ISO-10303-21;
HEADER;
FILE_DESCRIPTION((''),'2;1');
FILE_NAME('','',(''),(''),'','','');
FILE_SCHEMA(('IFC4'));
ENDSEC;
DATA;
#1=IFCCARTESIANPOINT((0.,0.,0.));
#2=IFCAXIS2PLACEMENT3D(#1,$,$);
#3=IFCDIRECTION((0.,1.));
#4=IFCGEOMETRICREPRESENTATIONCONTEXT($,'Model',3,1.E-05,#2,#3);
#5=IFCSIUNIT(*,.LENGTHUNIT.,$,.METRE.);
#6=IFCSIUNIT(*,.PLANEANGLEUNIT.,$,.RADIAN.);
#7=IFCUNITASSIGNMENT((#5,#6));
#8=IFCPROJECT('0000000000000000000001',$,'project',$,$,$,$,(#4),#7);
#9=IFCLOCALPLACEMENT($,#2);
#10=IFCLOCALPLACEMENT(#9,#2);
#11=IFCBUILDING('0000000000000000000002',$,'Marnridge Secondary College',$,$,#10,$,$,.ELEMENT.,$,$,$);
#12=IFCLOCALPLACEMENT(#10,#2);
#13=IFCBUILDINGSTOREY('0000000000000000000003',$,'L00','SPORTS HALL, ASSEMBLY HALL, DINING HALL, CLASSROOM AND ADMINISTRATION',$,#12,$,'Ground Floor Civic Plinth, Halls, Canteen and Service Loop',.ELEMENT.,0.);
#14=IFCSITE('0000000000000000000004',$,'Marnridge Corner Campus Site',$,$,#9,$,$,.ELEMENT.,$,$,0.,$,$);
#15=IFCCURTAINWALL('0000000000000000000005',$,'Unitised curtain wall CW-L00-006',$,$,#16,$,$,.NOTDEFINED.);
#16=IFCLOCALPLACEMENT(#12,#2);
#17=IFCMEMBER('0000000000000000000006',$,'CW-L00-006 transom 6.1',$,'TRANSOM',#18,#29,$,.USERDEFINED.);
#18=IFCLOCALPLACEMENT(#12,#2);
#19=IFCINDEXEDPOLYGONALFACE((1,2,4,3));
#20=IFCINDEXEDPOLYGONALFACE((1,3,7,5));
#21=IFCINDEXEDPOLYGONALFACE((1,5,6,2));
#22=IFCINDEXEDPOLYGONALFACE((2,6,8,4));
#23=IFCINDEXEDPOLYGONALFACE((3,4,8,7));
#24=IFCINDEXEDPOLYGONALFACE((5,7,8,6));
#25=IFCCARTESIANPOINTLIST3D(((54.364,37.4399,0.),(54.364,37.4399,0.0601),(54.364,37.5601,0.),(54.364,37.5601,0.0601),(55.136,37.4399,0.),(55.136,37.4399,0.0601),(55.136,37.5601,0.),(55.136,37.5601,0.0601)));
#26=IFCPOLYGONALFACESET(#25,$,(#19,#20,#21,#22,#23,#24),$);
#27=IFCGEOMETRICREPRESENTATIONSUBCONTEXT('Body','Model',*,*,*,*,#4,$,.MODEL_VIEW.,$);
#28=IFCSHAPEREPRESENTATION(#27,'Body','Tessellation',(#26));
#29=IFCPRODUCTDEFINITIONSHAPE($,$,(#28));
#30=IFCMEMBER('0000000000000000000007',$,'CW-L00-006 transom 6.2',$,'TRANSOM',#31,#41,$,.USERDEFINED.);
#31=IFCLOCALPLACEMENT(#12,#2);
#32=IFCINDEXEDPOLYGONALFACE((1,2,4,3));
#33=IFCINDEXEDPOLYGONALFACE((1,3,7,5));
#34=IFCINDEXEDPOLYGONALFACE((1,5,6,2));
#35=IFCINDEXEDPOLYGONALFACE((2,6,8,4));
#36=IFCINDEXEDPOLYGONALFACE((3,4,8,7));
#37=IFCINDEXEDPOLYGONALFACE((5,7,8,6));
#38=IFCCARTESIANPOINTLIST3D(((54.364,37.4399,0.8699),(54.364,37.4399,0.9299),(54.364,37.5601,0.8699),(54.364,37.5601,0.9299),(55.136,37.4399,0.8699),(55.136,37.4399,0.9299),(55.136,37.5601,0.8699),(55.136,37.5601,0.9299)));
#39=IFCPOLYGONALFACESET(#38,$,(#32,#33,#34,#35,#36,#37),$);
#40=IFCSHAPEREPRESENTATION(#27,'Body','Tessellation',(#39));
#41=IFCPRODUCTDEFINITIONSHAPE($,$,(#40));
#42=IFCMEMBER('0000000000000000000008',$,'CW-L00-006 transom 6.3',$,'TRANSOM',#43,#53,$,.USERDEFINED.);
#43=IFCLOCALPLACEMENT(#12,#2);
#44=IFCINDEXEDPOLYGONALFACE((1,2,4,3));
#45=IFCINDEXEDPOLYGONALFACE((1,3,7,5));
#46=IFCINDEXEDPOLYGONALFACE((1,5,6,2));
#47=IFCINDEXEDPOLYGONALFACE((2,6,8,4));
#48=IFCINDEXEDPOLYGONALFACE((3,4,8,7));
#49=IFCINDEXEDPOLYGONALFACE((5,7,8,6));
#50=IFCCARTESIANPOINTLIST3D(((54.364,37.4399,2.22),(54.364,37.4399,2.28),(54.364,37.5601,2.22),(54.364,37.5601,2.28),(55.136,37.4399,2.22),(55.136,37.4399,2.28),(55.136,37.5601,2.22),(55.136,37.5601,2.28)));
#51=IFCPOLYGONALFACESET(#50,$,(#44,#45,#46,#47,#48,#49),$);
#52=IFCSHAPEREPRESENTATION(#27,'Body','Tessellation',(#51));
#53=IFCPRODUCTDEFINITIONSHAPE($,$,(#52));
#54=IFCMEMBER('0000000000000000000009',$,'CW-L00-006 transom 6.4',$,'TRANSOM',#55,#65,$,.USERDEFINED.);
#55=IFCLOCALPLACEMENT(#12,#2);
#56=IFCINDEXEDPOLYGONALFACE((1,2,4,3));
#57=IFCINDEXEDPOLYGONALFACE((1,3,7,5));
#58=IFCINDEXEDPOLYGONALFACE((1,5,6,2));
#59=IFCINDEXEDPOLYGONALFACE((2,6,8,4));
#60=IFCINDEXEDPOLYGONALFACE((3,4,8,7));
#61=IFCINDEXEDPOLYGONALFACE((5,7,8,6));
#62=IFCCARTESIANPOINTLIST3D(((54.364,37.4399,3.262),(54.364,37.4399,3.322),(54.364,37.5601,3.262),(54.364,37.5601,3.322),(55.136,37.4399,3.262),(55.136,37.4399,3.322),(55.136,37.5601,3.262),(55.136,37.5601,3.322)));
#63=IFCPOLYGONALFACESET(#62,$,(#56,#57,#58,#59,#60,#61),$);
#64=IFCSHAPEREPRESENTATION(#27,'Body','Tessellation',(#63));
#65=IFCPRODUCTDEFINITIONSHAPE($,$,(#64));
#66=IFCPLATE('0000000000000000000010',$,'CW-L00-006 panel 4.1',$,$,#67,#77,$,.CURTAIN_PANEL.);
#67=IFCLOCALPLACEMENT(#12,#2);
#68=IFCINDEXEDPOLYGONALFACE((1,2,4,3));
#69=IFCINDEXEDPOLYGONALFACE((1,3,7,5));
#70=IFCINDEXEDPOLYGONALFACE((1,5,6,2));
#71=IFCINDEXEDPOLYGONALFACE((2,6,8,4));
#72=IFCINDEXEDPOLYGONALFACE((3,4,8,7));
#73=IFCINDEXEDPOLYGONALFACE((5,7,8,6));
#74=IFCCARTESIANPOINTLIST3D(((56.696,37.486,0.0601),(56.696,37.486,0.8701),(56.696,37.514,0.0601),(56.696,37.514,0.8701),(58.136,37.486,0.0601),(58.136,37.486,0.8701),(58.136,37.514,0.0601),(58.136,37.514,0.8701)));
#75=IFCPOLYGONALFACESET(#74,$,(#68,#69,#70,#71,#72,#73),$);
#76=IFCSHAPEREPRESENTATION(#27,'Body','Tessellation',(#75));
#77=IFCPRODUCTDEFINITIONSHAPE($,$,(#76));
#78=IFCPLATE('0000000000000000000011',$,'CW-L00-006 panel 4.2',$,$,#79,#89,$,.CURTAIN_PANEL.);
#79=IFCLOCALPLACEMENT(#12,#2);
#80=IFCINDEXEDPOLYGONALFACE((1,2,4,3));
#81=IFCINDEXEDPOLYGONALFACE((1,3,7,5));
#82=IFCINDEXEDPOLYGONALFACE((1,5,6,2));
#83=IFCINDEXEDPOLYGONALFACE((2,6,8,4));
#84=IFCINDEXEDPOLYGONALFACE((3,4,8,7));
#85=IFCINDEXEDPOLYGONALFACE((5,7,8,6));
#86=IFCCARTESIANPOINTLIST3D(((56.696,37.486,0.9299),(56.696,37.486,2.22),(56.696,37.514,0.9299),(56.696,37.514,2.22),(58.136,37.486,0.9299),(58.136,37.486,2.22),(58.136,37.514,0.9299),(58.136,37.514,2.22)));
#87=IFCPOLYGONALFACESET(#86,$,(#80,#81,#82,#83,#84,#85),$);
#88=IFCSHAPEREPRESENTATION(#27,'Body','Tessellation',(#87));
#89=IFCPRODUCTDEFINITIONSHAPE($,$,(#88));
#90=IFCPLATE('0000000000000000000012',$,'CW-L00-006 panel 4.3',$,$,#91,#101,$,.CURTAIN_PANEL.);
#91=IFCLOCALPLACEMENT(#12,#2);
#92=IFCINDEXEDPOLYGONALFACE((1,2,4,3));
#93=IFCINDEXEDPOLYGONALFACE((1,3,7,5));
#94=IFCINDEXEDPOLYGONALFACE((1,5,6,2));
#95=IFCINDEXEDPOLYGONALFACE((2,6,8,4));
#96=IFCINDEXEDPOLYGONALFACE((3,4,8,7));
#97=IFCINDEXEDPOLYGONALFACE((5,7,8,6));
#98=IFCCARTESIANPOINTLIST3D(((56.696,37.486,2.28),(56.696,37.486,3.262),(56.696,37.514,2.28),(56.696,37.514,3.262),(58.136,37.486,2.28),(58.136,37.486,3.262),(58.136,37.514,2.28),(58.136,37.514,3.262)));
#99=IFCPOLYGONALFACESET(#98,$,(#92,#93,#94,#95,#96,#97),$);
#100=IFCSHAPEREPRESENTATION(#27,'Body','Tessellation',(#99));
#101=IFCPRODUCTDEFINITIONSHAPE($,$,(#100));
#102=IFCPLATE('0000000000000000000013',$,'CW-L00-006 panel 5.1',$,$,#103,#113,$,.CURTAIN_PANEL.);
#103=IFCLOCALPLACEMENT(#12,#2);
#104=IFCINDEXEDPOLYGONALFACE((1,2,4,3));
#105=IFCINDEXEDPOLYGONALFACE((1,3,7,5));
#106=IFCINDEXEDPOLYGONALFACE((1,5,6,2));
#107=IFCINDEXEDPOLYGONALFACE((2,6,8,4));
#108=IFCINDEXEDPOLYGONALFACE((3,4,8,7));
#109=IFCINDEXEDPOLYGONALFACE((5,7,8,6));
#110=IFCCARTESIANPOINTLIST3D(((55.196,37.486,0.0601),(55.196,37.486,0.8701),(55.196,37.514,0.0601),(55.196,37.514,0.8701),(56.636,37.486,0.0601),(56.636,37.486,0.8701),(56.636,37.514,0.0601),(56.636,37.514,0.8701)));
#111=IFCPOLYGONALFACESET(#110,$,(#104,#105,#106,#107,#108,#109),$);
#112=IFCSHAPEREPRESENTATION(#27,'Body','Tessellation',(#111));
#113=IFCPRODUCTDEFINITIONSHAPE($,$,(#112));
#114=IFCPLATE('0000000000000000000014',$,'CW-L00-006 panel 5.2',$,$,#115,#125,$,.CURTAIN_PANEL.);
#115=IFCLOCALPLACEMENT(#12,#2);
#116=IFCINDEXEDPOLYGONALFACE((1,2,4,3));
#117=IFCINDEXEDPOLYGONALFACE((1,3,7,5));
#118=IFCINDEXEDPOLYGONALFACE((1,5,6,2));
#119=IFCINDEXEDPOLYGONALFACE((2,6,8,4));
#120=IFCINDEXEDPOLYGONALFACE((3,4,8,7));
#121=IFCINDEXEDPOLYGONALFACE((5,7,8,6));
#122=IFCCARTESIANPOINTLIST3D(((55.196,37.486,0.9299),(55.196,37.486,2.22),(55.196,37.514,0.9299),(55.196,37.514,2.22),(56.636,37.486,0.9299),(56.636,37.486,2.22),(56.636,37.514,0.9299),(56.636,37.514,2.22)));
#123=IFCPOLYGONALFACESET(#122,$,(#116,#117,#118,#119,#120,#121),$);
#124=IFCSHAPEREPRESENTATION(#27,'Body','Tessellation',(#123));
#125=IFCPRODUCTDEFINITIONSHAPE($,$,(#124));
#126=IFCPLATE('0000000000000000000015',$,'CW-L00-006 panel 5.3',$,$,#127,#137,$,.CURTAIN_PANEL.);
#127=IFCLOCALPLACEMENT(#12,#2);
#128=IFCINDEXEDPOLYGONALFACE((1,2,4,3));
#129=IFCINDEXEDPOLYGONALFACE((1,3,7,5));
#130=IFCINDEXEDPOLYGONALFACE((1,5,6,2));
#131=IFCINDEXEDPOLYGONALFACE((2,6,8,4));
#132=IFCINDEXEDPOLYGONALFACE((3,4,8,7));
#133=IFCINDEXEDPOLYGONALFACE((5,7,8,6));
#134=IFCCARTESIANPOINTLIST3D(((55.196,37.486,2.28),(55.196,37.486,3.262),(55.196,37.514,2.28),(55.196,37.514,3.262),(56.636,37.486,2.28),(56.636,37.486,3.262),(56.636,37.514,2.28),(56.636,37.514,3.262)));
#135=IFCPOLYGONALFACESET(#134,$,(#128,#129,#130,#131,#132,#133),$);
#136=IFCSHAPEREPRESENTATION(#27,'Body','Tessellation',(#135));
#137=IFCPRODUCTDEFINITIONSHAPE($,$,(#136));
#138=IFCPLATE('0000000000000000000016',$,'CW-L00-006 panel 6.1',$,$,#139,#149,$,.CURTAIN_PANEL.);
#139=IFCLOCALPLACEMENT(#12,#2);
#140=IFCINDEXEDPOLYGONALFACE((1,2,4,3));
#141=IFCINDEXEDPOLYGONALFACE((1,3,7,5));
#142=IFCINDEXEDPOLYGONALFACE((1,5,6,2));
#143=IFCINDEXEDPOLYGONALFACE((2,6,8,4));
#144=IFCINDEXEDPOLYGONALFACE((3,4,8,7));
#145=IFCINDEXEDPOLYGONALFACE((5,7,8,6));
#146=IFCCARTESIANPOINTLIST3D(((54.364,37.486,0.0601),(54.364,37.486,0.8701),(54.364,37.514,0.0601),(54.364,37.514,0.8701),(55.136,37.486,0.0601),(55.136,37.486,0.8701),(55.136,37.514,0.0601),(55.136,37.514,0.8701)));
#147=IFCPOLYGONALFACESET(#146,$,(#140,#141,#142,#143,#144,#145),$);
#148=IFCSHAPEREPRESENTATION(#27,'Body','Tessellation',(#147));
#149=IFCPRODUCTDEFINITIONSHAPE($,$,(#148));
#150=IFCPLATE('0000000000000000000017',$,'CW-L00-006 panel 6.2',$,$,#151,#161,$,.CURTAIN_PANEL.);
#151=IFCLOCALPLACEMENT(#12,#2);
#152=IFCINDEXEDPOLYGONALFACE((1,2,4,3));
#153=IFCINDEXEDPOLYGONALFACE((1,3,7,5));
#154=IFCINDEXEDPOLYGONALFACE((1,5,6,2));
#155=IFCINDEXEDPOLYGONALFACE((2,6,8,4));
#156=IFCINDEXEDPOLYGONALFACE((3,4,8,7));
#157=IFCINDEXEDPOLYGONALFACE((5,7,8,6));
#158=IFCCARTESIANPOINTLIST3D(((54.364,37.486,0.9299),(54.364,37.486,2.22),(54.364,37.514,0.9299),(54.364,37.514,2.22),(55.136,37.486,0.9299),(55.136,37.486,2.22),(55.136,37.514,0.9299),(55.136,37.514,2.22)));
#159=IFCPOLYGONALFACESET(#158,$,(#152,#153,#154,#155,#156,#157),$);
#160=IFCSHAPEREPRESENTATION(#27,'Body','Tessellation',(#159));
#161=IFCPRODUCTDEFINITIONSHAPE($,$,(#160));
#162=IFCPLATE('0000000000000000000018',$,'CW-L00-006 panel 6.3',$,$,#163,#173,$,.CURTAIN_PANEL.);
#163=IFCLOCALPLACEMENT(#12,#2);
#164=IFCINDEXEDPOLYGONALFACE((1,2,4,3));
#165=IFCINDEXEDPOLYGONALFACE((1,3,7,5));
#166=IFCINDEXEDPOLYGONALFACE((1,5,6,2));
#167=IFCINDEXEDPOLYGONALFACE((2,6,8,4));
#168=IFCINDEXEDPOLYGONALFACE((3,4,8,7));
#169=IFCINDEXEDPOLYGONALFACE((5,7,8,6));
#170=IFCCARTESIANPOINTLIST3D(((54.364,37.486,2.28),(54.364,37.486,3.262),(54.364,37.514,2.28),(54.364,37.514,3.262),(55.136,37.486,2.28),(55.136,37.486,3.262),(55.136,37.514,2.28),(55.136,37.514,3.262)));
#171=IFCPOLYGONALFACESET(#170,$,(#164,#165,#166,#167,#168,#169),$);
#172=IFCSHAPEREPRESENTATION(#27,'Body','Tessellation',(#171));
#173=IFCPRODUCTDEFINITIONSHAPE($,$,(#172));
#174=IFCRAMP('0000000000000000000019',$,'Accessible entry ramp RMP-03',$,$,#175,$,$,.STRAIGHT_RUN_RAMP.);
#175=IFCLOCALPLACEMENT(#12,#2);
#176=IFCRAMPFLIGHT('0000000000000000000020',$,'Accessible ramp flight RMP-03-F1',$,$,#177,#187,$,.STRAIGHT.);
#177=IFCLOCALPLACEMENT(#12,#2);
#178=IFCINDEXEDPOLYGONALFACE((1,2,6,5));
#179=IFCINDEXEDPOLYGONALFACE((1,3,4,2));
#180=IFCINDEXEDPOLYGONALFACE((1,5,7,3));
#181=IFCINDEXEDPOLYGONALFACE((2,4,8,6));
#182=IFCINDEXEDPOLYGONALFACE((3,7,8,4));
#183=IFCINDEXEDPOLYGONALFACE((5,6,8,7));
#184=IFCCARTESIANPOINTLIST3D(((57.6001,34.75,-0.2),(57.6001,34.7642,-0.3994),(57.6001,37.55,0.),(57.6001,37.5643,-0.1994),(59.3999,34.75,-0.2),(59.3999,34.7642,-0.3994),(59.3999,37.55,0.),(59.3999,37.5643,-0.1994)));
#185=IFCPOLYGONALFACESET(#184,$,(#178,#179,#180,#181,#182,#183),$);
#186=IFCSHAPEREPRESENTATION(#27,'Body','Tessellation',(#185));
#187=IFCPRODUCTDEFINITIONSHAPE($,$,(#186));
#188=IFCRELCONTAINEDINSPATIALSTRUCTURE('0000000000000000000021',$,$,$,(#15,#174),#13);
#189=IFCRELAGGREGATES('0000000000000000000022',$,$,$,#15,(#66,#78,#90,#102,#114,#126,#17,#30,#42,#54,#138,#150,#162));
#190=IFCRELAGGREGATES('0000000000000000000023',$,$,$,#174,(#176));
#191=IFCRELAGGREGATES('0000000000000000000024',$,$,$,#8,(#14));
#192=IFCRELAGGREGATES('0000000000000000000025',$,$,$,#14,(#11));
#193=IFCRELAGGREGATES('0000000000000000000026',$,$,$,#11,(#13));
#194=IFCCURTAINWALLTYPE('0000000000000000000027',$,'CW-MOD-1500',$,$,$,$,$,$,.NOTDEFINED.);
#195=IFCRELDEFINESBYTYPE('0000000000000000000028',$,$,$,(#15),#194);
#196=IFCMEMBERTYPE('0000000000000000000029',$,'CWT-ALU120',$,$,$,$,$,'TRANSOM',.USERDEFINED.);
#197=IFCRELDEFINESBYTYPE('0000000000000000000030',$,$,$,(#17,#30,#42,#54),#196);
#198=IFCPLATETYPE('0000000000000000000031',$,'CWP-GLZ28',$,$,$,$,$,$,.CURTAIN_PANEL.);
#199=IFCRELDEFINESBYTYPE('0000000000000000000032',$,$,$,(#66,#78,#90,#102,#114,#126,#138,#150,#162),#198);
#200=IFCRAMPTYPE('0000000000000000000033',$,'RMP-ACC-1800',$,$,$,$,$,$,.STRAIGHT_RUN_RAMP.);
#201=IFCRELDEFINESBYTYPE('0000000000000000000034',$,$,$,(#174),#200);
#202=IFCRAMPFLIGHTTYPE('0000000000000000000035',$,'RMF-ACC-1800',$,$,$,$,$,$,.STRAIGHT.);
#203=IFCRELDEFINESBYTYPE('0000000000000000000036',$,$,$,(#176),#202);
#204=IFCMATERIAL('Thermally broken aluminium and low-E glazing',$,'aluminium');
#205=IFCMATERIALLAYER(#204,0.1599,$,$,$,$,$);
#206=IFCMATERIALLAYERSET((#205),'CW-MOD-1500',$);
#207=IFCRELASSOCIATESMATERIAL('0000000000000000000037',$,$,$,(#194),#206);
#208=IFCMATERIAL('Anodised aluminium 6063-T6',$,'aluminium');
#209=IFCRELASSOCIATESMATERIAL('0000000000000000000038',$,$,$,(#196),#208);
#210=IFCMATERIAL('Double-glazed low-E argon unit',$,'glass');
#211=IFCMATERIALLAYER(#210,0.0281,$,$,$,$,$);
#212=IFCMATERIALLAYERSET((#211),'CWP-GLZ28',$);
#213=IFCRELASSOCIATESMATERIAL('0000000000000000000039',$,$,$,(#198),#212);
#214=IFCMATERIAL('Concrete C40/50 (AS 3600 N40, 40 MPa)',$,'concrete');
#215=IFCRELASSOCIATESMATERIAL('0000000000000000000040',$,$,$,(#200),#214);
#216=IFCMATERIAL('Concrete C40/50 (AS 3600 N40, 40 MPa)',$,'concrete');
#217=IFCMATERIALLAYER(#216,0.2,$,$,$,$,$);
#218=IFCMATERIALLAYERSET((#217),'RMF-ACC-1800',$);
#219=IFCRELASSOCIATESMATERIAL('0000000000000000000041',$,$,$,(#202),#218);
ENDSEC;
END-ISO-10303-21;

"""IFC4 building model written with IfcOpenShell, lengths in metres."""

from ifc_helpers import new_model, si_unit, direction, frame, origin, origin_2d, place, context, subcontext, project, spatial, polyline, rectangle, outline, extrude, material, layer, layer_set, material_profile, profile_set, type_object, element, aggregate, save


model = new_model("IFC4")

# Units and contexts
model_context = context("Model", 3, precision=1e-05, world=origin(), true_north=direction((0.0, 1.0)))
body_context = subcontext(model_context, "Body", "Model", "MODEL_VIEW")
ifc_project = project(units=[si_unit("LENGTHUNIT", "METRE"), si_unit("PLANEANGLEUNIT", "RADIAN")], contexts=[model_context])

# Site, building, storey
site_placement = place(None, origin())
site = spatial("IfcSite", under=ifc_project, at=site_placement, Name="Marnridge Corner Campus Site", CompositionType="ELEMENT", RefElevation=0.0)
building_placement = place(site_placement, origin())
building = spatial("IfcBuilding", under=site, at=building_placement, Name="Marnridge Secondary College", CompositionType="ELEMENT")
storey_placement = place(building_placement, origin())
storey = spatial("IfcBuildingStorey", under=building, at=storey_placement, Name="L00", Description="SPORTS HALL, ASSEMBLY HALL, DINING HALL, CLASSROOM AND ADMINISTRATION", LongName="Ground Floor Civic Plinth, Halls, Canteen and Service Loop", CompositionType="ELEMENT", Elevation=0.0)

# Curtain wall, members, plates
ifc_material_1 = material(Name="Thermally broken aluminium and low-E glazing", Category="aluminium")
ifc_layer_1 = layer(ifc_material_1, 0.1599)
ifc_layer_set_1 = layer_set([ifc_layer_1], Name="CW-MOD-1500")
curtain_wall_type = type_object("IfcCurtainWallType", Name="CW-MOD-1500", PredefinedType="NOTDEFINED", material=ifc_layer_set_1)
curtain_wall_placement = place(storey_placement, origin())
curtain_wall = element("IfcCurtainWall", 1, at=curtain_wall_placement, inside=storey, type_object=curtain_wall_type, Name="Unitised curtain wall CW-L00-006", PredefinedType="NOTDEFINED")
ifc_material_2 = material(Name="Anodised aluminium 6063-T6", Category="aluminium")
ifc_material_profile_1 = material_profile(ifc_material_2, rectangle(XDim=0.0601, YDim=0.1201, at=origin_2d()), Name="ALU 60x120")
ifc_profile_set_1 = profile_set([ifc_material_profile_1], Name="Anodised aluminium 6063-T6")
member_type_1 = type_object("IfcMemberType", Name="CWT-ALU120", ElementType="TRANSOM", PredefinedType="USERDEFINED", material=ifc_profile_set_1)
member_1_placement = place(storey_placement, frame((55.136, 37.5, 0.03), z_axis=(-1.0, 0.0, 0.0), x_axis=(0.0, 0.0, 1.0)))
member_1 = element("IfcMember", 2, at=member_1_placement, type_object=member_type_1, Name="CW-L00-006 transom 6.1", ObjectType="TRANSOM", PredefinedType="USERDEFINED", context=body_context, shape_type="SweptSolid", body=[
    extrude(rectangle(XDim=0.0601, YDim=0.1201, at=origin_2d()), origin(), (0.0, 0.0, 1.0), 0.772),
])
member_2_placement = place(storey_placement, frame((55.136, 37.5, 0.8999), z_axis=(-1.0, 0.0, 0.0), x_axis=(0.0, 0.0, 1.0)))
member_2 = element("IfcMember", 3, at=member_2_placement, type_object=member_type_1, Name="CW-L00-006 transom 6.2", ObjectType="TRANSOM", PredefinedType="USERDEFINED", context=body_context, shape_type="SweptSolid", body=[
    extrude(rectangle(XDim=0.0601, YDim=0.1201, at=origin_2d()), origin(), (0.0, 0.0, 1.0), 0.772),
])
member_3_placement = place(storey_placement, frame((55.136, 37.5, 2.25), z_axis=(-1.0, 0.0, 0.0), x_axis=(0.0, 0.0, 1.0)))
member_3 = element("IfcMember", 4, at=member_3_placement, type_object=member_type_1, Name="CW-L00-006 transom 6.3", ObjectType="TRANSOM", PredefinedType="USERDEFINED", context=body_context, shape_type="SweptSolid", body=[
    extrude(rectangle(XDim=0.0601, YDim=0.1201, at=origin_2d()), origin(), (0.0, 0.0, 1.0), 0.772),
])
member_4_placement = place(storey_placement, frame((55.136, 37.5, 3.292), z_axis=(-1.0, 0.0, 0.0), x_axis=(0.0, 0.0, 1.0)))
member_4 = element("IfcMember", 5, at=member_4_placement, type_object=member_type_1, Name="CW-L00-006 transom 6.4", ObjectType="TRANSOM", PredefinedType="USERDEFINED", context=body_context, shape_type="SweptSolid", body=[
    extrude(rectangle(XDim=0.0601, YDim=0.1201, at=origin_2d()), origin(), (0.0, 0.0, 1.0), 0.772),
])
ifc_material_3 = material(Name="Double-glazed low-E argon unit", Category="glass")
ifc_layer_2 = layer(ifc_material_3, 0.0281)
ifc_layer_set_2 = layer_set([ifc_layer_2], Name="CWP-GLZ28")
plate_type = type_object("IfcPlateType", Name="CWP-GLZ28", PredefinedType="CURTAIN_PANEL", material=ifc_layer_set_2)
plate_1_placement = place(storey_placement, frame((57.416, 37.5, 0.0601), z_axis=(0.0, 0.0, 1.0), x_axis=(-1.0, 0.0, 0.0)))
plate_1 = element("IfcPlate", 6, at=plate_1_placement, type_object=plate_type, Name="CW-L00-006 panel 4.1", PredefinedType="CURTAIN_PANEL", context=body_context, shape_type="SweptSolid", body=[
    extrude(rectangle(XDim=1.4399, YDim=0.0281, at=origin_2d()), origin(), (0.0, 0.0, 1.0), 0.8101),
])
plate_2_placement = place(storey_placement, frame((57.416, 37.5, 0.9299), z_axis=(0.0, 0.0, 1.0), x_axis=(-1.0, 0.0, 0.0)))
plate_2 = element("IfcPlate", 7, at=plate_2_placement, type_object=plate_type, Name="CW-L00-006 panel 4.2", PredefinedType="CURTAIN_PANEL", context=body_context, shape_type="SweptSolid", body=[
    extrude(rectangle(XDim=1.4399, YDim=0.0281, at=origin_2d()), origin(), (0.0, 0.0, 1.0), 1.29),
])
plate_3_placement = place(storey_placement, frame((57.416, 37.5, 2.28), z_axis=(0.0, 0.0, 1.0), x_axis=(-1.0, 0.0, 0.0)))
plate_3 = element("IfcPlate", 8, at=plate_3_placement, type_object=plate_type, Name="CW-L00-006 panel 4.3", PredefinedType="CURTAIN_PANEL", context=body_context, shape_type="SweptSolid", body=[
    extrude(rectangle(XDim=1.4399, YDim=0.0281, at=origin_2d()), origin(), (0.0, 0.0, 1.0), 0.9819),
])
plate_4_placement = place(storey_placement, frame((55.916, 37.5, 0.0601), z_axis=(0.0, 0.0, 1.0), x_axis=(-1.0, 0.0, 0.0)))
plate_4 = element("IfcPlate", 9, at=plate_4_placement, type_object=plate_type, Name="CW-L00-006 panel 5.1", PredefinedType="CURTAIN_PANEL", context=body_context, shape_type="SweptSolid", body=[
    extrude(rectangle(XDim=1.4399, YDim=0.0281, at=origin_2d()), origin(), (0.0, 0.0, 1.0), 0.8101),
])
plate_5_placement = place(storey_placement, frame((55.916, 37.5, 0.9299), z_axis=(0.0, 0.0, 1.0), x_axis=(-1.0, 0.0, 0.0)))
plate_5 = element("IfcPlate", 10, at=plate_5_placement, type_object=plate_type, Name="CW-L00-006 panel 5.2", PredefinedType="CURTAIN_PANEL", context=body_context, shape_type="SweptSolid", body=[
    extrude(rectangle(XDim=1.4399, YDim=0.0281, at=origin_2d()), origin(), (0.0, 0.0, 1.0), 1.29),
])
plate_6_placement = place(storey_placement, frame((55.916, 37.5, 2.28), z_axis=(0.0, 0.0, 1.0), x_axis=(-1.0, 0.0, 0.0)))
plate_6 = element("IfcPlate", 11, at=plate_6_placement, type_object=plate_type, Name="CW-L00-006 panel 5.3", PredefinedType="CURTAIN_PANEL", context=body_context, shape_type="SweptSolid", body=[
    extrude(rectangle(XDim=1.4399, YDim=0.0281, at=origin_2d()), origin(), (0.0, 0.0, 1.0), 0.9819),
])
plate_7_placement = place(storey_placement, frame((54.75, 37.5, 0.0601), z_axis=(0.0, 0.0, 1.0), x_axis=(-1.0, 0.0, 0.0)))
plate_7 = element("IfcPlate", 12, at=plate_7_placement, type_object=plate_type, Name="CW-L00-006 panel 6.1", PredefinedType="CURTAIN_PANEL", context=body_context, shape_type="SweptSolid", body=[
    extrude(rectangle(XDim=0.772, YDim=0.0281, at=origin_2d()), origin(), (0.0, 0.0, 1.0), 0.8101),
])
plate_8_placement = place(storey_placement, frame((54.75, 37.5, 0.9299), z_axis=(0.0, 0.0, 1.0), x_axis=(-1.0, 0.0, 0.0)))
plate_8 = element("IfcPlate", 13, at=plate_8_placement, type_object=plate_type, Name="CW-L00-006 panel 6.2", PredefinedType="CURTAIN_PANEL", context=body_context, shape_type="SweptSolid", body=[
    extrude(rectangle(XDim=0.772, YDim=0.0281, at=origin_2d()), origin(), (0.0, 0.0, 1.0), 1.29),
])
plate_9_placement = place(storey_placement, frame((54.75, 37.5, 2.28), z_axis=(0.0, 0.0, 1.0), x_axis=(-1.0, 0.0, 0.0)))
plate_9 = element("IfcPlate", 14, at=plate_9_placement, type_object=plate_type, Name="CW-L00-006 panel 6.3", PredefinedType="CURTAIN_PANEL", context=body_context, shape_type="SweptSolid", body=[
    extrude(rectangle(XDim=0.772, YDim=0.0281, at=origin_2d()), origin(), (0.0, 0.0, 1.0), 0.9819),
])
aggregate(curtain_wall, [plate_1, plate_2, plate_3, plate_4, plate_5, plate_6, member_1, member_2, member_3, member_4, plate_7, plate_8, plate_9])

# Ramp, ramp flight
ifc_material_4 = material(Name="Concrete C40/50 (AS 3600 N40, 40 MPa)", Category="concrete")
ramp_type = type_object("IfcRampType", Name="RMP-ACC-1800", PredefinedType="STRAIGHT_RUN_RAMP", material=ifc_material_4)
ramp_placement = place(storey_placement, origin())
ramp = element("IfcRamp", 15, at=ramp_placement, inside=storey, type_object=ramp_type, Name="Accessible entry ramp RMP-03", PredefinedType="STRAIGHT_RUN_RAMP")
ifc_material_5 = material(Name="Concrete C40/50 (AS 3600 N40, 40 MPa)", Category="concrete")
ifc_layer_3 = layer(ifc_material_5, 0.2)
ifc_layer_set_3 = layer_set([ifc_layer_3], Name="RMF-ACC-1800")
ramp_flight_type = type_object("IfcRampFlightType", Name="RMF-ACC-1800", PredefinedType="STRAIGHT", material=ifc_layer_set_3)
ramp_flight_placement = place(storey_placement, frame((57.6001, 34.75, -0.2), z_axis=(0.0, -0.071229, 0.99746), x_axis=(1.0, 0.0, 0.0)))
ramp_flight = element("IfcRampFlight", 16, at=ramp_flight_placement, type_object=ramp_flight_type, Name="Accessible ramp flight RMP-03-F1", PredefinedType="STRAIGHT", context=body_context, shape_type="SweptSolid", body=[
    extrude(outline(polyline([(0.0, 0.0), (1.7998, 0.0), (1.7998, 2.8072), (0.0, 2.8072), (0.0, 0.0)])), origin(), (0.0, 0.0, -1.0), 0.2),
])
aggregate(ramp, [ramp_flight])

save(model, "model.ifc")
